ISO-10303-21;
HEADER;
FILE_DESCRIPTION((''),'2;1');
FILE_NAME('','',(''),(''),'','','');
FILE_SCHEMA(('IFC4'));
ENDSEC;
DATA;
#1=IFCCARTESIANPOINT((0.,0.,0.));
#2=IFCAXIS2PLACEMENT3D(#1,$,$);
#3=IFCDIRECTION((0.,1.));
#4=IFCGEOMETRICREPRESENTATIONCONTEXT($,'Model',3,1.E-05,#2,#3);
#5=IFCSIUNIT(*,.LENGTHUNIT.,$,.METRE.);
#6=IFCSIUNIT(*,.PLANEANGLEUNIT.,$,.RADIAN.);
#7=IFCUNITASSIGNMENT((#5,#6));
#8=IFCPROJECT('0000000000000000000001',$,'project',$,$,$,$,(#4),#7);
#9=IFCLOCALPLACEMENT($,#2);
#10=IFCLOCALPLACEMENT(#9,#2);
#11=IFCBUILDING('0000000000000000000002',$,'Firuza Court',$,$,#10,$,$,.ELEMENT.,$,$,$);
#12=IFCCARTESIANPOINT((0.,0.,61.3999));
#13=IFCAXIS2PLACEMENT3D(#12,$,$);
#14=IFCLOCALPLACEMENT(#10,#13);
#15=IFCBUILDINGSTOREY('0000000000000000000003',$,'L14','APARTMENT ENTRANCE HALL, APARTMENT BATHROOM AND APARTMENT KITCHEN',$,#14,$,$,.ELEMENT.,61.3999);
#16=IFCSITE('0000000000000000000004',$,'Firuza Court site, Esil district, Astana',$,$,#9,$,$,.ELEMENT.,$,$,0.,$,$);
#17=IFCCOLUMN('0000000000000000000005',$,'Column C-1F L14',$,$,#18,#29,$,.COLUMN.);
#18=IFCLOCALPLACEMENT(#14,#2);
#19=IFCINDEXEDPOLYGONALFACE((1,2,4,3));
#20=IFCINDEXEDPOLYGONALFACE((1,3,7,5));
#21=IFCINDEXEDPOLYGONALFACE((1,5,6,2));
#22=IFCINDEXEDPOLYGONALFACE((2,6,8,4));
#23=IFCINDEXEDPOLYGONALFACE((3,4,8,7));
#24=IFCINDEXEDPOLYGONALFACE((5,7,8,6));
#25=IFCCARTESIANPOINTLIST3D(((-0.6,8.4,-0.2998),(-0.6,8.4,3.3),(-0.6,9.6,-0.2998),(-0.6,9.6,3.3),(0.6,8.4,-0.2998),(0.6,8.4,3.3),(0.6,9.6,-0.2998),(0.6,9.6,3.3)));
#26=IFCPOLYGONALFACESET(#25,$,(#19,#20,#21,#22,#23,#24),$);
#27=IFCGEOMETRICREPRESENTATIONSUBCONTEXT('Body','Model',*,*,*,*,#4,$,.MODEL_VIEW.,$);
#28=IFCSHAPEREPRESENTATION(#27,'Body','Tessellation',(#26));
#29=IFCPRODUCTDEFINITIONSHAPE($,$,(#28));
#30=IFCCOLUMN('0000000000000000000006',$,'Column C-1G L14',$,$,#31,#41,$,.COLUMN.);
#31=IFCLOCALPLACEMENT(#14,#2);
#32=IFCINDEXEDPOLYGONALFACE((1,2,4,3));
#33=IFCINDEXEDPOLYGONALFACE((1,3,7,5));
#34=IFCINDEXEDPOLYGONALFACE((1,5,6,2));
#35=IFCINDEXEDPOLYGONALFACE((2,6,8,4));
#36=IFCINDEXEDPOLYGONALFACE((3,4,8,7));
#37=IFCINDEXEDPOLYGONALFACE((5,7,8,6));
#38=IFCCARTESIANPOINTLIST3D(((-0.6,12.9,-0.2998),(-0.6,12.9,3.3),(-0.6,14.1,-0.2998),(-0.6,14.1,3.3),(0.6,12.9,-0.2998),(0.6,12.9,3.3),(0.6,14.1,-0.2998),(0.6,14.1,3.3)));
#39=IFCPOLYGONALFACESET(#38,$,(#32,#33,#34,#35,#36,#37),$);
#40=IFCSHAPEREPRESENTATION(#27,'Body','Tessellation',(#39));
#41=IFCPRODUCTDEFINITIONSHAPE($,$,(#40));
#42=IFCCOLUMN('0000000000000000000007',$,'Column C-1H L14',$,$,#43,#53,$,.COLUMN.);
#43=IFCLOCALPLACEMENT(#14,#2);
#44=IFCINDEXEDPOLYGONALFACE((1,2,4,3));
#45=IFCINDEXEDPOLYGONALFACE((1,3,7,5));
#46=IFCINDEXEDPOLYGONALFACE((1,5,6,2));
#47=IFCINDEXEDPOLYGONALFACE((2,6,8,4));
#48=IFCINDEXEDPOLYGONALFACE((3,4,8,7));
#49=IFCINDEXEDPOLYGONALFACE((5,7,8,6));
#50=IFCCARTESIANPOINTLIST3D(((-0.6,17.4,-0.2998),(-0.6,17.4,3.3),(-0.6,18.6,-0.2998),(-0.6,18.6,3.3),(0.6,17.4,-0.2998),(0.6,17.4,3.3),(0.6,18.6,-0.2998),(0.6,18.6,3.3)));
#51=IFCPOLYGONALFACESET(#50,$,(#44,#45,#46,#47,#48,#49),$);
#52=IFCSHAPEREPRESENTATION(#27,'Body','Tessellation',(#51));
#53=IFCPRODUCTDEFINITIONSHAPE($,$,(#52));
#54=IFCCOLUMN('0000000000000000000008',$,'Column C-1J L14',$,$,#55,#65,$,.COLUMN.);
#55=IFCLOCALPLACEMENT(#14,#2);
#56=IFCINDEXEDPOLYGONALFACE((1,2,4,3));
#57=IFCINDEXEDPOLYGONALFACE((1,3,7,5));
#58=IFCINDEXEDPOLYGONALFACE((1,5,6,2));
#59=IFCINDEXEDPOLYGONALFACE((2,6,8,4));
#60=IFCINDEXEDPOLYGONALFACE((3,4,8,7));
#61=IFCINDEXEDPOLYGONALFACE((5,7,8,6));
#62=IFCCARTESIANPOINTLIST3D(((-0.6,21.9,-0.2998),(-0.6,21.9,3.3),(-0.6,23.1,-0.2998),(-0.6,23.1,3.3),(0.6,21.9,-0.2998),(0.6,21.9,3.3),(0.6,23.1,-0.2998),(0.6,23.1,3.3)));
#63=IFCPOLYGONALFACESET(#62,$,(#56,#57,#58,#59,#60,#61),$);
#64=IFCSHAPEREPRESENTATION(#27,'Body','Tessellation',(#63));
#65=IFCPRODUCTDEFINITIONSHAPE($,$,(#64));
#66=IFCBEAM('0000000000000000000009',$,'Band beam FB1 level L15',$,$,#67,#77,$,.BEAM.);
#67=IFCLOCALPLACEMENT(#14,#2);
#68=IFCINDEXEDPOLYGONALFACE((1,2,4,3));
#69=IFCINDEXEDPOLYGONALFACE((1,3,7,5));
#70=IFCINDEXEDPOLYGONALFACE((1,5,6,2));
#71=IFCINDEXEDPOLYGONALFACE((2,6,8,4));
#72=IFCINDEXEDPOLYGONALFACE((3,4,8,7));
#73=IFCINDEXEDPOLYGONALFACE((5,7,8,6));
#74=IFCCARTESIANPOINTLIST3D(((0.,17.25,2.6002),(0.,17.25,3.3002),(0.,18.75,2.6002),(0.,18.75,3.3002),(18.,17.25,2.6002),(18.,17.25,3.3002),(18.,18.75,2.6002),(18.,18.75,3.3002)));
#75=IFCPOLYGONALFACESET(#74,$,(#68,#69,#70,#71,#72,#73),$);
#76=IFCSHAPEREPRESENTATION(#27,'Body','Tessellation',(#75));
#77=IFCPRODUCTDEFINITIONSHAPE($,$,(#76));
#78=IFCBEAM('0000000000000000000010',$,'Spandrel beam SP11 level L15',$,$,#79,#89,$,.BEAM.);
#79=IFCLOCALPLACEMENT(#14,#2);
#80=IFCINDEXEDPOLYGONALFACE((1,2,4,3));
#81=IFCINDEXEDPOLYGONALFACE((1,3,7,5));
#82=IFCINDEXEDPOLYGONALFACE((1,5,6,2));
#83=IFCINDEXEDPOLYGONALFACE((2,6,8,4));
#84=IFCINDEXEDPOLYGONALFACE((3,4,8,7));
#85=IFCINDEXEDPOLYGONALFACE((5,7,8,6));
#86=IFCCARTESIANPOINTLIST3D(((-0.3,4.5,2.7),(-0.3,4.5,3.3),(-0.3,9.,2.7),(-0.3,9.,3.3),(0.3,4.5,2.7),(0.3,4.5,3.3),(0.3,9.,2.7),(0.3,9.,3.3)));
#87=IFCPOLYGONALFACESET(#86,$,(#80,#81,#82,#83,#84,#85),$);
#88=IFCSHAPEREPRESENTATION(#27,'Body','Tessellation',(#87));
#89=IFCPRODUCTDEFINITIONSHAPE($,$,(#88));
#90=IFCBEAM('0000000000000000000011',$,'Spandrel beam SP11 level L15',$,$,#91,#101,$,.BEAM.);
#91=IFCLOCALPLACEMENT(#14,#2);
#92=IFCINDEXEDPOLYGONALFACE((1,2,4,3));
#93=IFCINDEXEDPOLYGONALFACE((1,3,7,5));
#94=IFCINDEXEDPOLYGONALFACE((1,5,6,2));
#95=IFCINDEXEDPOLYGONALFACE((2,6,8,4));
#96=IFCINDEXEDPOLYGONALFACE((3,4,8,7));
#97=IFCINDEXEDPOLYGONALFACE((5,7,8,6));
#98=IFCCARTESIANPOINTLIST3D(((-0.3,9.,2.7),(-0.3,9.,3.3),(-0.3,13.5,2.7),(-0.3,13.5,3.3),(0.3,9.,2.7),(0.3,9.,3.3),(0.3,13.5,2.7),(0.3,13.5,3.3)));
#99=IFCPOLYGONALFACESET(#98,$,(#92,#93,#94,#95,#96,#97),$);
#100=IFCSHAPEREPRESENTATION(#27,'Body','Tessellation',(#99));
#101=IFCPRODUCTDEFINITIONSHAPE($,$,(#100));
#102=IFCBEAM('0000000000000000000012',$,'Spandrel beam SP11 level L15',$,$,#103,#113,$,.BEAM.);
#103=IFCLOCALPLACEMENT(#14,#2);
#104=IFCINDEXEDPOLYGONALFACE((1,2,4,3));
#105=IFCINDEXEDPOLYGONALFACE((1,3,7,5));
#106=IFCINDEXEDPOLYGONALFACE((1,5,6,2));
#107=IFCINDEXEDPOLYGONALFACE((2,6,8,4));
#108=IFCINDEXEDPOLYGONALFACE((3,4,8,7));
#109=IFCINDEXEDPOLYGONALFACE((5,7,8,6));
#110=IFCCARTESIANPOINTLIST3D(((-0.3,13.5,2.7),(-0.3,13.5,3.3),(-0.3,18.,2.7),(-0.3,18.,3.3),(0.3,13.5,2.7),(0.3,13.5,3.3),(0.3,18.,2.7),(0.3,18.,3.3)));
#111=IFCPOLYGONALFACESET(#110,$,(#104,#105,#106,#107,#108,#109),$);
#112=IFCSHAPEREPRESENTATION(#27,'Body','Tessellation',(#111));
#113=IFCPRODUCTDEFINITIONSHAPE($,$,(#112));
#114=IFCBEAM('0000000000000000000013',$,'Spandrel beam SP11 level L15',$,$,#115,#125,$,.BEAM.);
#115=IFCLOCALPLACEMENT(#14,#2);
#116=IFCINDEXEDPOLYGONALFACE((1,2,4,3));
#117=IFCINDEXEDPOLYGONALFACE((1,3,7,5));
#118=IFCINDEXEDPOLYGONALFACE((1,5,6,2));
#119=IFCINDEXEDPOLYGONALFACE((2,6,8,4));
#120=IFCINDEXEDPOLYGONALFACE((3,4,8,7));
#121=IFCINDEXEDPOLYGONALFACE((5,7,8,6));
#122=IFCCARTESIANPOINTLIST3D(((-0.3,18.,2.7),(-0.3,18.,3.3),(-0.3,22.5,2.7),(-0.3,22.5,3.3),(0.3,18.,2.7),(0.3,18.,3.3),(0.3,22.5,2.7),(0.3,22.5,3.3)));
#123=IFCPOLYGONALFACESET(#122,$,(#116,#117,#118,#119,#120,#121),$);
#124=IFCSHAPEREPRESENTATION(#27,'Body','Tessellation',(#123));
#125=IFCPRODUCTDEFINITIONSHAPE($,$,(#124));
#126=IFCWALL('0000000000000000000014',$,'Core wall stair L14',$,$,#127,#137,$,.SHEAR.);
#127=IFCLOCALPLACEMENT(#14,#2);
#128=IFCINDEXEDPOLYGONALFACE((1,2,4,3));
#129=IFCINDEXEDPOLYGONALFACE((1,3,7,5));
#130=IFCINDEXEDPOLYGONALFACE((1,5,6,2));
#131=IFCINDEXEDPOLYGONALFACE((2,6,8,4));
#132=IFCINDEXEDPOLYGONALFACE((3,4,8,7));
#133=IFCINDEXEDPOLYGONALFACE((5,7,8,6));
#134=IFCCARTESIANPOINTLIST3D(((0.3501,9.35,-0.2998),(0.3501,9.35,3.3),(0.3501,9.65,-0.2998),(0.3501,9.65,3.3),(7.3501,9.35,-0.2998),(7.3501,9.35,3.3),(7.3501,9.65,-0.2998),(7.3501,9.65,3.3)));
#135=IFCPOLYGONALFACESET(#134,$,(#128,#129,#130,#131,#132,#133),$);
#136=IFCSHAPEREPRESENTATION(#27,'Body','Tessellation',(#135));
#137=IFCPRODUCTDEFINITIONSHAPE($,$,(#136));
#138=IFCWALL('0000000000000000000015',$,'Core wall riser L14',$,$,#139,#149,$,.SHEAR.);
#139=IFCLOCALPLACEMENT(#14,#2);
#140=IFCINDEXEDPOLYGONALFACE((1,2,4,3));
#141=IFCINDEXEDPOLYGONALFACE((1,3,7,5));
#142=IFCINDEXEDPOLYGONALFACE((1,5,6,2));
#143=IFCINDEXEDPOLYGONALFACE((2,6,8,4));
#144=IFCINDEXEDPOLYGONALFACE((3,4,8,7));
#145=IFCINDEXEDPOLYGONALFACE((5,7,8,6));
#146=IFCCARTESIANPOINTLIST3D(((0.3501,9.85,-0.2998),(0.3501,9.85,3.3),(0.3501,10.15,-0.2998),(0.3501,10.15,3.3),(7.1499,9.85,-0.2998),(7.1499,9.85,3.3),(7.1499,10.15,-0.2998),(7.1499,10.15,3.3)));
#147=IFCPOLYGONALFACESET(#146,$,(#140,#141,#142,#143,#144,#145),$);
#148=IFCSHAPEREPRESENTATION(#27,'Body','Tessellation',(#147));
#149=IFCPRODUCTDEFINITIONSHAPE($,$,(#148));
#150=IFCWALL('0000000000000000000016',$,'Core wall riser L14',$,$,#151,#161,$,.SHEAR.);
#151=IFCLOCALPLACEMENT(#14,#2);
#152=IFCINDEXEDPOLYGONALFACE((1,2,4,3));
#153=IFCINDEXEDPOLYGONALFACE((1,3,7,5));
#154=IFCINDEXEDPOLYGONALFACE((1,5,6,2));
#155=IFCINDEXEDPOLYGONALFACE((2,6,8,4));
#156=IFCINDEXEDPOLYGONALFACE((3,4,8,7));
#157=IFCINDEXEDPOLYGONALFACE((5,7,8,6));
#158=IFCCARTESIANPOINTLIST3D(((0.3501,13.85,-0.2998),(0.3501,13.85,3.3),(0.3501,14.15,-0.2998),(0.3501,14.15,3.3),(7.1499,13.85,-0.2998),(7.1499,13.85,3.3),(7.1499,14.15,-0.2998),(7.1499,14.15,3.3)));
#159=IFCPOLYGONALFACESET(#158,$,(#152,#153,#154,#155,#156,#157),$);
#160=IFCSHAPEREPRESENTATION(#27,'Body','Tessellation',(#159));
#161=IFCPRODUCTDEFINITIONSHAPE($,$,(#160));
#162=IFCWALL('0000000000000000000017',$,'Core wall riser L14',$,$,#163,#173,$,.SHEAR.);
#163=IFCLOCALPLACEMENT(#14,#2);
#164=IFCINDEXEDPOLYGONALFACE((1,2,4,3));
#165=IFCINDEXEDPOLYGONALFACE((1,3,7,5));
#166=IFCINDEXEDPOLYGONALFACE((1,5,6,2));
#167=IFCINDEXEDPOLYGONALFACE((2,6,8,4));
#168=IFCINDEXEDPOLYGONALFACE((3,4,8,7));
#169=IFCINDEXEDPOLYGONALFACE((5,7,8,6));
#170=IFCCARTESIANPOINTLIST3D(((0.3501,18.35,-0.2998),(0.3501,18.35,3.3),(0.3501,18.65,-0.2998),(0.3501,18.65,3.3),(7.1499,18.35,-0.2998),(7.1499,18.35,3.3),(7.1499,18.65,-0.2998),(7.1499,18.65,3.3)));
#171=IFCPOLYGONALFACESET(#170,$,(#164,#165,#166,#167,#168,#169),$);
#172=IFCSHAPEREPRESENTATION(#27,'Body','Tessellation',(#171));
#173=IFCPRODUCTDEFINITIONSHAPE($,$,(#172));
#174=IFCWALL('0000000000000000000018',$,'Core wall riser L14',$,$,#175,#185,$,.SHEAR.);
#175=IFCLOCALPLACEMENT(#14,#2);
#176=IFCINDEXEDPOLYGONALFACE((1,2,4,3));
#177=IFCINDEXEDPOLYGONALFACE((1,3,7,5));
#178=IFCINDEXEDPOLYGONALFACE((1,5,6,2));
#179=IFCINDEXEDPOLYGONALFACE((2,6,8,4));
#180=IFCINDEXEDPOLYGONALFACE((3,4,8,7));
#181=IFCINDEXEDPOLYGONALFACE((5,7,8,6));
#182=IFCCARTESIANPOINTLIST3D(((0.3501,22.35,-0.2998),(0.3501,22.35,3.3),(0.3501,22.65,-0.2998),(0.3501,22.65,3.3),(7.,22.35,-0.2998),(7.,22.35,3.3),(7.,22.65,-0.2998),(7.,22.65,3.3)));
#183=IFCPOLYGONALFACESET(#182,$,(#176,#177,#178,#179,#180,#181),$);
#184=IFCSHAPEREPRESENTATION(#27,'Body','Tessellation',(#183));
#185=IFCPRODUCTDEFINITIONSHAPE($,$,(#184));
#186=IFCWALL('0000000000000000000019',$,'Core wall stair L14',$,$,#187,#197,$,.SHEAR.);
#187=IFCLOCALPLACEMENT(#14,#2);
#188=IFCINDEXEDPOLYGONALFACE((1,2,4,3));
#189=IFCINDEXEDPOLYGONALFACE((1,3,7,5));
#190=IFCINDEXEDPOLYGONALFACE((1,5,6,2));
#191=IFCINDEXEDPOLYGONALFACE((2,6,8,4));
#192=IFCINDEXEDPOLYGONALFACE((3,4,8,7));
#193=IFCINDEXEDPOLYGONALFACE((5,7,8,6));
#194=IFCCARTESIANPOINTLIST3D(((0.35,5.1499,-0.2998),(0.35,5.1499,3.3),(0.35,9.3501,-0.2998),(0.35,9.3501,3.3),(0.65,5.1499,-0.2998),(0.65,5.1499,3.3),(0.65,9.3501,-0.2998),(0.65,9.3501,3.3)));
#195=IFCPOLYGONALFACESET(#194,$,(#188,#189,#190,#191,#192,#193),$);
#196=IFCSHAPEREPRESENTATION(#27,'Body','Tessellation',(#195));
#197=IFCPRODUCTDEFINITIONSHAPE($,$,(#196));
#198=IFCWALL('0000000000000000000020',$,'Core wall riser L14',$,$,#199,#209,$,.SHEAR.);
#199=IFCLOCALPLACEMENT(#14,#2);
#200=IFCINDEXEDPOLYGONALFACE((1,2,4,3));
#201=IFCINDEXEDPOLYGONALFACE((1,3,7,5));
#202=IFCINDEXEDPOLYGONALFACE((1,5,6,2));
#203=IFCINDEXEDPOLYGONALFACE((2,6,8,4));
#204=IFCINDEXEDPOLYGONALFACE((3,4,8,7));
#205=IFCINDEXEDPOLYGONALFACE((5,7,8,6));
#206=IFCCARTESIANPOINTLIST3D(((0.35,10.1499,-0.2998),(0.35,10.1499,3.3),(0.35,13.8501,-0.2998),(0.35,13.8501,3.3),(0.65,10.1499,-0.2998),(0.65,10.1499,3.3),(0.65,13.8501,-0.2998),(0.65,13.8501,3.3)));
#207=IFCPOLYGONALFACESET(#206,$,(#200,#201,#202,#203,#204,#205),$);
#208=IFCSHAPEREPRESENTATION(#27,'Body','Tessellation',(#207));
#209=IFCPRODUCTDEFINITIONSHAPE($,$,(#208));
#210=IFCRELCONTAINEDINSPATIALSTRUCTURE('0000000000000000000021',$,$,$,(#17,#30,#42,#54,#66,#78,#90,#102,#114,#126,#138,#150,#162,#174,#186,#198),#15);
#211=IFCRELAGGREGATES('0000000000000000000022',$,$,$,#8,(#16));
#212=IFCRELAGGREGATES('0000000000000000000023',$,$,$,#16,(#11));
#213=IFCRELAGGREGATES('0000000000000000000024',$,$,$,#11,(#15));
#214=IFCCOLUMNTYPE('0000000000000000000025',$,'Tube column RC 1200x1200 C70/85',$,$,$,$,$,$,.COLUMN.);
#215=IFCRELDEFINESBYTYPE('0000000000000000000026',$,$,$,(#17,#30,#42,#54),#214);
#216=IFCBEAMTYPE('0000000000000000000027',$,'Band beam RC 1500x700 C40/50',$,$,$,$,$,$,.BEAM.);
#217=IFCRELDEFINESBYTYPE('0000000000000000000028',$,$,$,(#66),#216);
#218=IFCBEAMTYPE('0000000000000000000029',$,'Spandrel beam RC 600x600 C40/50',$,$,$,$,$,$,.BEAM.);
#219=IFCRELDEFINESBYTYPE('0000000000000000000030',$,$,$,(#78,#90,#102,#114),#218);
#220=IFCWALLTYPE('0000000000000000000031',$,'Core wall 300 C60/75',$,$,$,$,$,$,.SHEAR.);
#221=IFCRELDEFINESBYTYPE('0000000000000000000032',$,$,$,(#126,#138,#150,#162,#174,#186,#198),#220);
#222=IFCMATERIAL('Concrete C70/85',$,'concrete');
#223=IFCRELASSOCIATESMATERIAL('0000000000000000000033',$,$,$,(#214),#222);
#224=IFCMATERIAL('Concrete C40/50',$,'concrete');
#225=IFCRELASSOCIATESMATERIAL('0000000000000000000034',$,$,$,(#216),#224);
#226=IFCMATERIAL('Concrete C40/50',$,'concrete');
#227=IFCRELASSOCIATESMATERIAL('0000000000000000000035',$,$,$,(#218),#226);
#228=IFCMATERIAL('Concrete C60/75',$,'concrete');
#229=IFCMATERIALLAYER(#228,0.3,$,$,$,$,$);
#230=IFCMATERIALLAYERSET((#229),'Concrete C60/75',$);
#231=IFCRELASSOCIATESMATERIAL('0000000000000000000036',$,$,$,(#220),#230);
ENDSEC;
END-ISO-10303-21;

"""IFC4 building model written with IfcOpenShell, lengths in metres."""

from ifc_helpers import new_model, si_unit, direction, frame, frame_2d, origin, origin_2d, place, context, subcontext, project, spatial, rectangle, extrude, material, layer, layer_set, material_profile, profile_set, type_object, element, save


model = new_model("IFC4")

# Units and contexts
model_context = context("Model", 3, precision=1e-05, world=origin(), true_north=direction((0.0, 1.0)))
body_context = subcontext(model_context, "Body", "Model", "MODEL_VIEW")
ifc_project = project(units=[si_unit("LENGTHUNIT", "METRE"), si_unit("PLANEANGLEUNIT", "RADIAN")], contexts=[model_context])

# Site, building, storey
site_placement = place(None, origin())
site = spatial("IfcSite", under=ifc_project, at=site_placement, Name="Firuza Court site, Esil district, Astana", CompositionType="ELEMENT", RefElevation=0.0)
building_placement = place(site_placement, origin())
building = spatial("IfcBuilding", under=site, at=building_placement, Name="Firuza Court", CompositionType="ELEMENT")
storey_placement = place(building_placement, frame((0.0, 0.0, 61.3999)))
storey = spatial("IfcBuildingStorey", under=building, at=storey_placement, Name="L14", Description="APARTMENT ENTRANCE HALL, APARTMENT BATHROOM AND APARTMENT KITCHEN", CompositionType="ELEMENT", Elevation=61.3999)

# Columns
ifc_material_1 = material(Name="Concrete C70/85", Category="concrete")
ifc_material_profile_1 = material_profile(ifc_material_1, rectangle(XDim=1.2, YDim=1.2, at=origin_2d()), Name="RC 1200x1200")
ifc_profile_set_1 = profile_set([ifc_material_profile_1], Name="Concrete C70/85")
column_type = type_object("IfcColumnType", Name="Tube column RC 1200x1200 C70/85", PredefinedType="COLUMN", material=ifc_profile_set_1)
for number, where, z_axis, x_axis, name in (
    (1, (0.0, 9.0, -0.2998), (0.0, 0.0, 1.0), (1.0, 0.0, 0.0), "Column C-1F L14"),
    (2, (0.0, 13.5, -0.2998), (0.0, 0.0, 1.0), (1.0, 0.0, 0.0), "Column C-1G L14"),
    (3, (0.0, 18.0, -0.2998), (0.0, 0.0, 1.0), (1.0, 0.0, 0.0), "Column C-1H L14"),
    (4, (0.0, 22.5, -0.2998), (0.0, 0.0, 1.0), (1.0, 0.0, 0.0), "Column C-1J L14"),
):
    element("IfcColumn", number, at=place(storey_placement, frame(where, z_axis=z_axis, x_axis=x_axis)), inside=storey, type_object=column_type, Name=name, PredefinedType="COLUMN", context=body_context, shape_type="SweptSolid", body=[
        extrude(rectangle(XDim=1.2, YDim=1.2, at=origin_2d()), origin(), (0.0, 0.0, 1.0), 3.5999),
    ])

# Beams
ifc_material_2 = material(Name="Concrete C40/50", Category="concrete")
ifc_material_profile_2 = material_profile(ifc_material_2, rectangle(XDim=1.5, YDim=0.7, at=origin_2d()), Name="RC 1500x700")
ifc_profile_set_2 = profile_set([ifc_material_profile_2], Name="Concrete C40/50")
beam_type_1 = type_object("IfcBeamType", Name="Band beam RC 1500x700 C40/50", PredefinedType="BEAM", material=ifc_profile_set_2)
beam_placement = place(storey_placement, frame((0.0, 18.0, 2.9502), z_axis=(1.0, 0.0, 0.0), x_axis=(0.0, 1.0, 0.0)))
element("IfcBeam", 5, at=beam_placement, inside=storey, type_object=beam_type_1, Name="Band beam FB1 level L15", PredefinedType="BEAM", context=body_context, shape_type="SweptSolid", body=[
    extrude(rectangle(XDim=1.5, YDim=0.7, at=origin_2d()), origin(), (0.0, 0.0, 1.0), 18.0),
])
ifc_material_3 = material(Name="Concrete C40/50", Category="concrete")
ifc_material_profile_3 = material_profile(ifc_material_3, rectangle(XDim=0.6001, YDim=0.6001, at=origin_2d()), Name="RC 600x600")
ifc_profile_set_3 = profile_set([ifc_material_profile_3], Name="Concrete C40/50")
beam_type_2 = type_object("IfcBeamType", Name="Spandrel beam RC 600x600 C40/50", PredefinedType="BEAM", material=ifc_profile_set_3)
for number, where, z_axis, x_axis, name in (
    (6, (0.0, 9.0, 3.0), (0.0, -1.0, 0.0), (1.0, 0.0, 0.0), "Spandrel beam SP11 level L15"),
    (7, (0.0, 13.5, 3.0), (0.0, -1.0, 0.0), (1.0, 0.0, 0.0), "Spandrel beam SP11 level L15"),
    (8, (0.0, 18.0, 3.0), (0.0, -1.0, 0.0), (1.0, 0.0, 0.0), "Spandrel beam SP11 level L15"),
    (9, (0.0, 22.5, 3.0), (0.0, -1.0, 0.0), (1.0, 0.0, 0.0), "Spandrel beam SP11 level L15"),
):
    element("IfcBeam", number, at=place(storey_placement, frame(where, z_axis=z_axis, x_axis=x_axis)), inside=storey, type_object=beam_type_2, Name=name, PredefinedType="BEAM", context=body_context, shape_type="SweptSolid", body=[
        extrude(rectangle(XDim=0.6001, YDim=0.6001, at=origin_2d()), origin(), (0.0, 0.0, 1.0), 4.5),
    ])

# Walls
ifc_material_4 = material(Name="Concrete C60/75", Category="concrete")
ifc_layer_1 = layer(ifc_material_4, 0.3)
ifc_layer_set_1 = layer_set([ifc_layer_1], Name="Concrete C60/75")
wall_type_1 = type_object("IfcWallType", Name="Core wall 300 C60/75", PredefinedType="SHEAR", material=ifc_layer_set_1)
wall_1_placement = place(storey_placement, frame((0.3501, 9.5, -0.2998), z_axis=(0.0, 0.0, 1.0), x_axis=(1.0, 0.0, 0.0)))
element("IfcWall", 10, at=wall_1_placement, inside=storey, type_object=wall_type_1, Name="Core wall stair L14", PredefinedType="SHEAR", context=body_context, shape_type="SweptSolid", body=[
    extrude(rectangle(XDim=7.0, YDim=0.3, at=frame_2d((3.5, 0.0))), origin(), (0.0, 0.0, 1.0), 3.5999),
])
for number, where, z_axis, x_axis, name in (
    (11, (0.3501, 10.0, -0.2998), (0.0, 0.0, 1.0), (1.0, 0.0, 0.0), "Core wall riser L14"),
    (12, (0.3501, 14.0, -0.2998), (0.0, 0.0, 1.0), (1.0, 0.0, 0.0), "Core wall riser L14"),
    (13, (0.3501, 18.5, -0.2998), (0.0, 0.0, 1.0), (1.0, 0.0, 0.0), "Core wall riser L14"),
):
    element("IfcWall", number, at=place(storey_placement, frame(where, z_axis=z_axis, x_axis=x_axis)), inside=storey, type_object=wall_type_1, Name=name, PredefinedType="SHEAR", context=body_context, shape_type="SweptSolid", body=[
        extrude(rectangle(XDim=6.7998, YDim=0.3, at=frame_2d((3.3999, 0.0))), origin(), (0.0, 0.0, 1.0), 3.5999),
    ])
wall_2_placement = place(storey_placement, frame((0.3501, 22.5, -0.2998), z_axis=(0.0, 0.0, 1.0), x_axis=(1.0, 0.0, 0.0)))
element("IfcWall", 14, at=wall_2_placement, inside=storey, type_object=wall_type_1, Name="Core wall riser L14", PredefinedType="SHEAR", context=body_context, shape_type="SweptSolid", body=[
    extrude(rectangle(XDim=6.6499, YDim=0.3, at=frame_2d((3.325, 0.0))), origin(), (0.0, 0.0, 1.0), 3.5999),
])
wall_3_placement = place(storey_placement, frame((0.5, 5.1499, -0.2998), z_axis=(0.0, 0.0, 1.0), x_axis=(0.0, 1.0, 0.0)))
element("IfcWall", 15, at=wall_3_placement, inside=storey, type_object=wall_type_1, Name="Core wall stair L14", PredefinedType="SHEAR", context=body_context, shape_type="SweptSolid", body=[
    extrude(rectangle(XDim=4.2002, YDim=0.3, at=frame_2d((2.1001, 0.0))), origin(), (0.0, 0.0, 1.0), 3.5999),
])
for number, where, z_axis, x_axis, name in (
    (16, (0.5, 10.1499, -0.2998), (0.0, 0.0, 1.0), (0.0, 1.0, 0.0), "Core wall riser L14"),
):
    element("IfcWall", number, at=place(storey_placement, frame(where, z_axis=z_axis, x_axis=x_axis)), inside=storey, type_object=wall_type_1, Name=name, PredefinedType="SHEAR", context=body_context, shape_type="SweptSolid", body=[
        extrude(rectangle(XDim=3.7002, YDim=0.3, at=frame_2d((1.8501, 0.0))), origin(), (0.0, 0.0, 1.0), 3.5999),
    ])

save(model, "model.ifc")
